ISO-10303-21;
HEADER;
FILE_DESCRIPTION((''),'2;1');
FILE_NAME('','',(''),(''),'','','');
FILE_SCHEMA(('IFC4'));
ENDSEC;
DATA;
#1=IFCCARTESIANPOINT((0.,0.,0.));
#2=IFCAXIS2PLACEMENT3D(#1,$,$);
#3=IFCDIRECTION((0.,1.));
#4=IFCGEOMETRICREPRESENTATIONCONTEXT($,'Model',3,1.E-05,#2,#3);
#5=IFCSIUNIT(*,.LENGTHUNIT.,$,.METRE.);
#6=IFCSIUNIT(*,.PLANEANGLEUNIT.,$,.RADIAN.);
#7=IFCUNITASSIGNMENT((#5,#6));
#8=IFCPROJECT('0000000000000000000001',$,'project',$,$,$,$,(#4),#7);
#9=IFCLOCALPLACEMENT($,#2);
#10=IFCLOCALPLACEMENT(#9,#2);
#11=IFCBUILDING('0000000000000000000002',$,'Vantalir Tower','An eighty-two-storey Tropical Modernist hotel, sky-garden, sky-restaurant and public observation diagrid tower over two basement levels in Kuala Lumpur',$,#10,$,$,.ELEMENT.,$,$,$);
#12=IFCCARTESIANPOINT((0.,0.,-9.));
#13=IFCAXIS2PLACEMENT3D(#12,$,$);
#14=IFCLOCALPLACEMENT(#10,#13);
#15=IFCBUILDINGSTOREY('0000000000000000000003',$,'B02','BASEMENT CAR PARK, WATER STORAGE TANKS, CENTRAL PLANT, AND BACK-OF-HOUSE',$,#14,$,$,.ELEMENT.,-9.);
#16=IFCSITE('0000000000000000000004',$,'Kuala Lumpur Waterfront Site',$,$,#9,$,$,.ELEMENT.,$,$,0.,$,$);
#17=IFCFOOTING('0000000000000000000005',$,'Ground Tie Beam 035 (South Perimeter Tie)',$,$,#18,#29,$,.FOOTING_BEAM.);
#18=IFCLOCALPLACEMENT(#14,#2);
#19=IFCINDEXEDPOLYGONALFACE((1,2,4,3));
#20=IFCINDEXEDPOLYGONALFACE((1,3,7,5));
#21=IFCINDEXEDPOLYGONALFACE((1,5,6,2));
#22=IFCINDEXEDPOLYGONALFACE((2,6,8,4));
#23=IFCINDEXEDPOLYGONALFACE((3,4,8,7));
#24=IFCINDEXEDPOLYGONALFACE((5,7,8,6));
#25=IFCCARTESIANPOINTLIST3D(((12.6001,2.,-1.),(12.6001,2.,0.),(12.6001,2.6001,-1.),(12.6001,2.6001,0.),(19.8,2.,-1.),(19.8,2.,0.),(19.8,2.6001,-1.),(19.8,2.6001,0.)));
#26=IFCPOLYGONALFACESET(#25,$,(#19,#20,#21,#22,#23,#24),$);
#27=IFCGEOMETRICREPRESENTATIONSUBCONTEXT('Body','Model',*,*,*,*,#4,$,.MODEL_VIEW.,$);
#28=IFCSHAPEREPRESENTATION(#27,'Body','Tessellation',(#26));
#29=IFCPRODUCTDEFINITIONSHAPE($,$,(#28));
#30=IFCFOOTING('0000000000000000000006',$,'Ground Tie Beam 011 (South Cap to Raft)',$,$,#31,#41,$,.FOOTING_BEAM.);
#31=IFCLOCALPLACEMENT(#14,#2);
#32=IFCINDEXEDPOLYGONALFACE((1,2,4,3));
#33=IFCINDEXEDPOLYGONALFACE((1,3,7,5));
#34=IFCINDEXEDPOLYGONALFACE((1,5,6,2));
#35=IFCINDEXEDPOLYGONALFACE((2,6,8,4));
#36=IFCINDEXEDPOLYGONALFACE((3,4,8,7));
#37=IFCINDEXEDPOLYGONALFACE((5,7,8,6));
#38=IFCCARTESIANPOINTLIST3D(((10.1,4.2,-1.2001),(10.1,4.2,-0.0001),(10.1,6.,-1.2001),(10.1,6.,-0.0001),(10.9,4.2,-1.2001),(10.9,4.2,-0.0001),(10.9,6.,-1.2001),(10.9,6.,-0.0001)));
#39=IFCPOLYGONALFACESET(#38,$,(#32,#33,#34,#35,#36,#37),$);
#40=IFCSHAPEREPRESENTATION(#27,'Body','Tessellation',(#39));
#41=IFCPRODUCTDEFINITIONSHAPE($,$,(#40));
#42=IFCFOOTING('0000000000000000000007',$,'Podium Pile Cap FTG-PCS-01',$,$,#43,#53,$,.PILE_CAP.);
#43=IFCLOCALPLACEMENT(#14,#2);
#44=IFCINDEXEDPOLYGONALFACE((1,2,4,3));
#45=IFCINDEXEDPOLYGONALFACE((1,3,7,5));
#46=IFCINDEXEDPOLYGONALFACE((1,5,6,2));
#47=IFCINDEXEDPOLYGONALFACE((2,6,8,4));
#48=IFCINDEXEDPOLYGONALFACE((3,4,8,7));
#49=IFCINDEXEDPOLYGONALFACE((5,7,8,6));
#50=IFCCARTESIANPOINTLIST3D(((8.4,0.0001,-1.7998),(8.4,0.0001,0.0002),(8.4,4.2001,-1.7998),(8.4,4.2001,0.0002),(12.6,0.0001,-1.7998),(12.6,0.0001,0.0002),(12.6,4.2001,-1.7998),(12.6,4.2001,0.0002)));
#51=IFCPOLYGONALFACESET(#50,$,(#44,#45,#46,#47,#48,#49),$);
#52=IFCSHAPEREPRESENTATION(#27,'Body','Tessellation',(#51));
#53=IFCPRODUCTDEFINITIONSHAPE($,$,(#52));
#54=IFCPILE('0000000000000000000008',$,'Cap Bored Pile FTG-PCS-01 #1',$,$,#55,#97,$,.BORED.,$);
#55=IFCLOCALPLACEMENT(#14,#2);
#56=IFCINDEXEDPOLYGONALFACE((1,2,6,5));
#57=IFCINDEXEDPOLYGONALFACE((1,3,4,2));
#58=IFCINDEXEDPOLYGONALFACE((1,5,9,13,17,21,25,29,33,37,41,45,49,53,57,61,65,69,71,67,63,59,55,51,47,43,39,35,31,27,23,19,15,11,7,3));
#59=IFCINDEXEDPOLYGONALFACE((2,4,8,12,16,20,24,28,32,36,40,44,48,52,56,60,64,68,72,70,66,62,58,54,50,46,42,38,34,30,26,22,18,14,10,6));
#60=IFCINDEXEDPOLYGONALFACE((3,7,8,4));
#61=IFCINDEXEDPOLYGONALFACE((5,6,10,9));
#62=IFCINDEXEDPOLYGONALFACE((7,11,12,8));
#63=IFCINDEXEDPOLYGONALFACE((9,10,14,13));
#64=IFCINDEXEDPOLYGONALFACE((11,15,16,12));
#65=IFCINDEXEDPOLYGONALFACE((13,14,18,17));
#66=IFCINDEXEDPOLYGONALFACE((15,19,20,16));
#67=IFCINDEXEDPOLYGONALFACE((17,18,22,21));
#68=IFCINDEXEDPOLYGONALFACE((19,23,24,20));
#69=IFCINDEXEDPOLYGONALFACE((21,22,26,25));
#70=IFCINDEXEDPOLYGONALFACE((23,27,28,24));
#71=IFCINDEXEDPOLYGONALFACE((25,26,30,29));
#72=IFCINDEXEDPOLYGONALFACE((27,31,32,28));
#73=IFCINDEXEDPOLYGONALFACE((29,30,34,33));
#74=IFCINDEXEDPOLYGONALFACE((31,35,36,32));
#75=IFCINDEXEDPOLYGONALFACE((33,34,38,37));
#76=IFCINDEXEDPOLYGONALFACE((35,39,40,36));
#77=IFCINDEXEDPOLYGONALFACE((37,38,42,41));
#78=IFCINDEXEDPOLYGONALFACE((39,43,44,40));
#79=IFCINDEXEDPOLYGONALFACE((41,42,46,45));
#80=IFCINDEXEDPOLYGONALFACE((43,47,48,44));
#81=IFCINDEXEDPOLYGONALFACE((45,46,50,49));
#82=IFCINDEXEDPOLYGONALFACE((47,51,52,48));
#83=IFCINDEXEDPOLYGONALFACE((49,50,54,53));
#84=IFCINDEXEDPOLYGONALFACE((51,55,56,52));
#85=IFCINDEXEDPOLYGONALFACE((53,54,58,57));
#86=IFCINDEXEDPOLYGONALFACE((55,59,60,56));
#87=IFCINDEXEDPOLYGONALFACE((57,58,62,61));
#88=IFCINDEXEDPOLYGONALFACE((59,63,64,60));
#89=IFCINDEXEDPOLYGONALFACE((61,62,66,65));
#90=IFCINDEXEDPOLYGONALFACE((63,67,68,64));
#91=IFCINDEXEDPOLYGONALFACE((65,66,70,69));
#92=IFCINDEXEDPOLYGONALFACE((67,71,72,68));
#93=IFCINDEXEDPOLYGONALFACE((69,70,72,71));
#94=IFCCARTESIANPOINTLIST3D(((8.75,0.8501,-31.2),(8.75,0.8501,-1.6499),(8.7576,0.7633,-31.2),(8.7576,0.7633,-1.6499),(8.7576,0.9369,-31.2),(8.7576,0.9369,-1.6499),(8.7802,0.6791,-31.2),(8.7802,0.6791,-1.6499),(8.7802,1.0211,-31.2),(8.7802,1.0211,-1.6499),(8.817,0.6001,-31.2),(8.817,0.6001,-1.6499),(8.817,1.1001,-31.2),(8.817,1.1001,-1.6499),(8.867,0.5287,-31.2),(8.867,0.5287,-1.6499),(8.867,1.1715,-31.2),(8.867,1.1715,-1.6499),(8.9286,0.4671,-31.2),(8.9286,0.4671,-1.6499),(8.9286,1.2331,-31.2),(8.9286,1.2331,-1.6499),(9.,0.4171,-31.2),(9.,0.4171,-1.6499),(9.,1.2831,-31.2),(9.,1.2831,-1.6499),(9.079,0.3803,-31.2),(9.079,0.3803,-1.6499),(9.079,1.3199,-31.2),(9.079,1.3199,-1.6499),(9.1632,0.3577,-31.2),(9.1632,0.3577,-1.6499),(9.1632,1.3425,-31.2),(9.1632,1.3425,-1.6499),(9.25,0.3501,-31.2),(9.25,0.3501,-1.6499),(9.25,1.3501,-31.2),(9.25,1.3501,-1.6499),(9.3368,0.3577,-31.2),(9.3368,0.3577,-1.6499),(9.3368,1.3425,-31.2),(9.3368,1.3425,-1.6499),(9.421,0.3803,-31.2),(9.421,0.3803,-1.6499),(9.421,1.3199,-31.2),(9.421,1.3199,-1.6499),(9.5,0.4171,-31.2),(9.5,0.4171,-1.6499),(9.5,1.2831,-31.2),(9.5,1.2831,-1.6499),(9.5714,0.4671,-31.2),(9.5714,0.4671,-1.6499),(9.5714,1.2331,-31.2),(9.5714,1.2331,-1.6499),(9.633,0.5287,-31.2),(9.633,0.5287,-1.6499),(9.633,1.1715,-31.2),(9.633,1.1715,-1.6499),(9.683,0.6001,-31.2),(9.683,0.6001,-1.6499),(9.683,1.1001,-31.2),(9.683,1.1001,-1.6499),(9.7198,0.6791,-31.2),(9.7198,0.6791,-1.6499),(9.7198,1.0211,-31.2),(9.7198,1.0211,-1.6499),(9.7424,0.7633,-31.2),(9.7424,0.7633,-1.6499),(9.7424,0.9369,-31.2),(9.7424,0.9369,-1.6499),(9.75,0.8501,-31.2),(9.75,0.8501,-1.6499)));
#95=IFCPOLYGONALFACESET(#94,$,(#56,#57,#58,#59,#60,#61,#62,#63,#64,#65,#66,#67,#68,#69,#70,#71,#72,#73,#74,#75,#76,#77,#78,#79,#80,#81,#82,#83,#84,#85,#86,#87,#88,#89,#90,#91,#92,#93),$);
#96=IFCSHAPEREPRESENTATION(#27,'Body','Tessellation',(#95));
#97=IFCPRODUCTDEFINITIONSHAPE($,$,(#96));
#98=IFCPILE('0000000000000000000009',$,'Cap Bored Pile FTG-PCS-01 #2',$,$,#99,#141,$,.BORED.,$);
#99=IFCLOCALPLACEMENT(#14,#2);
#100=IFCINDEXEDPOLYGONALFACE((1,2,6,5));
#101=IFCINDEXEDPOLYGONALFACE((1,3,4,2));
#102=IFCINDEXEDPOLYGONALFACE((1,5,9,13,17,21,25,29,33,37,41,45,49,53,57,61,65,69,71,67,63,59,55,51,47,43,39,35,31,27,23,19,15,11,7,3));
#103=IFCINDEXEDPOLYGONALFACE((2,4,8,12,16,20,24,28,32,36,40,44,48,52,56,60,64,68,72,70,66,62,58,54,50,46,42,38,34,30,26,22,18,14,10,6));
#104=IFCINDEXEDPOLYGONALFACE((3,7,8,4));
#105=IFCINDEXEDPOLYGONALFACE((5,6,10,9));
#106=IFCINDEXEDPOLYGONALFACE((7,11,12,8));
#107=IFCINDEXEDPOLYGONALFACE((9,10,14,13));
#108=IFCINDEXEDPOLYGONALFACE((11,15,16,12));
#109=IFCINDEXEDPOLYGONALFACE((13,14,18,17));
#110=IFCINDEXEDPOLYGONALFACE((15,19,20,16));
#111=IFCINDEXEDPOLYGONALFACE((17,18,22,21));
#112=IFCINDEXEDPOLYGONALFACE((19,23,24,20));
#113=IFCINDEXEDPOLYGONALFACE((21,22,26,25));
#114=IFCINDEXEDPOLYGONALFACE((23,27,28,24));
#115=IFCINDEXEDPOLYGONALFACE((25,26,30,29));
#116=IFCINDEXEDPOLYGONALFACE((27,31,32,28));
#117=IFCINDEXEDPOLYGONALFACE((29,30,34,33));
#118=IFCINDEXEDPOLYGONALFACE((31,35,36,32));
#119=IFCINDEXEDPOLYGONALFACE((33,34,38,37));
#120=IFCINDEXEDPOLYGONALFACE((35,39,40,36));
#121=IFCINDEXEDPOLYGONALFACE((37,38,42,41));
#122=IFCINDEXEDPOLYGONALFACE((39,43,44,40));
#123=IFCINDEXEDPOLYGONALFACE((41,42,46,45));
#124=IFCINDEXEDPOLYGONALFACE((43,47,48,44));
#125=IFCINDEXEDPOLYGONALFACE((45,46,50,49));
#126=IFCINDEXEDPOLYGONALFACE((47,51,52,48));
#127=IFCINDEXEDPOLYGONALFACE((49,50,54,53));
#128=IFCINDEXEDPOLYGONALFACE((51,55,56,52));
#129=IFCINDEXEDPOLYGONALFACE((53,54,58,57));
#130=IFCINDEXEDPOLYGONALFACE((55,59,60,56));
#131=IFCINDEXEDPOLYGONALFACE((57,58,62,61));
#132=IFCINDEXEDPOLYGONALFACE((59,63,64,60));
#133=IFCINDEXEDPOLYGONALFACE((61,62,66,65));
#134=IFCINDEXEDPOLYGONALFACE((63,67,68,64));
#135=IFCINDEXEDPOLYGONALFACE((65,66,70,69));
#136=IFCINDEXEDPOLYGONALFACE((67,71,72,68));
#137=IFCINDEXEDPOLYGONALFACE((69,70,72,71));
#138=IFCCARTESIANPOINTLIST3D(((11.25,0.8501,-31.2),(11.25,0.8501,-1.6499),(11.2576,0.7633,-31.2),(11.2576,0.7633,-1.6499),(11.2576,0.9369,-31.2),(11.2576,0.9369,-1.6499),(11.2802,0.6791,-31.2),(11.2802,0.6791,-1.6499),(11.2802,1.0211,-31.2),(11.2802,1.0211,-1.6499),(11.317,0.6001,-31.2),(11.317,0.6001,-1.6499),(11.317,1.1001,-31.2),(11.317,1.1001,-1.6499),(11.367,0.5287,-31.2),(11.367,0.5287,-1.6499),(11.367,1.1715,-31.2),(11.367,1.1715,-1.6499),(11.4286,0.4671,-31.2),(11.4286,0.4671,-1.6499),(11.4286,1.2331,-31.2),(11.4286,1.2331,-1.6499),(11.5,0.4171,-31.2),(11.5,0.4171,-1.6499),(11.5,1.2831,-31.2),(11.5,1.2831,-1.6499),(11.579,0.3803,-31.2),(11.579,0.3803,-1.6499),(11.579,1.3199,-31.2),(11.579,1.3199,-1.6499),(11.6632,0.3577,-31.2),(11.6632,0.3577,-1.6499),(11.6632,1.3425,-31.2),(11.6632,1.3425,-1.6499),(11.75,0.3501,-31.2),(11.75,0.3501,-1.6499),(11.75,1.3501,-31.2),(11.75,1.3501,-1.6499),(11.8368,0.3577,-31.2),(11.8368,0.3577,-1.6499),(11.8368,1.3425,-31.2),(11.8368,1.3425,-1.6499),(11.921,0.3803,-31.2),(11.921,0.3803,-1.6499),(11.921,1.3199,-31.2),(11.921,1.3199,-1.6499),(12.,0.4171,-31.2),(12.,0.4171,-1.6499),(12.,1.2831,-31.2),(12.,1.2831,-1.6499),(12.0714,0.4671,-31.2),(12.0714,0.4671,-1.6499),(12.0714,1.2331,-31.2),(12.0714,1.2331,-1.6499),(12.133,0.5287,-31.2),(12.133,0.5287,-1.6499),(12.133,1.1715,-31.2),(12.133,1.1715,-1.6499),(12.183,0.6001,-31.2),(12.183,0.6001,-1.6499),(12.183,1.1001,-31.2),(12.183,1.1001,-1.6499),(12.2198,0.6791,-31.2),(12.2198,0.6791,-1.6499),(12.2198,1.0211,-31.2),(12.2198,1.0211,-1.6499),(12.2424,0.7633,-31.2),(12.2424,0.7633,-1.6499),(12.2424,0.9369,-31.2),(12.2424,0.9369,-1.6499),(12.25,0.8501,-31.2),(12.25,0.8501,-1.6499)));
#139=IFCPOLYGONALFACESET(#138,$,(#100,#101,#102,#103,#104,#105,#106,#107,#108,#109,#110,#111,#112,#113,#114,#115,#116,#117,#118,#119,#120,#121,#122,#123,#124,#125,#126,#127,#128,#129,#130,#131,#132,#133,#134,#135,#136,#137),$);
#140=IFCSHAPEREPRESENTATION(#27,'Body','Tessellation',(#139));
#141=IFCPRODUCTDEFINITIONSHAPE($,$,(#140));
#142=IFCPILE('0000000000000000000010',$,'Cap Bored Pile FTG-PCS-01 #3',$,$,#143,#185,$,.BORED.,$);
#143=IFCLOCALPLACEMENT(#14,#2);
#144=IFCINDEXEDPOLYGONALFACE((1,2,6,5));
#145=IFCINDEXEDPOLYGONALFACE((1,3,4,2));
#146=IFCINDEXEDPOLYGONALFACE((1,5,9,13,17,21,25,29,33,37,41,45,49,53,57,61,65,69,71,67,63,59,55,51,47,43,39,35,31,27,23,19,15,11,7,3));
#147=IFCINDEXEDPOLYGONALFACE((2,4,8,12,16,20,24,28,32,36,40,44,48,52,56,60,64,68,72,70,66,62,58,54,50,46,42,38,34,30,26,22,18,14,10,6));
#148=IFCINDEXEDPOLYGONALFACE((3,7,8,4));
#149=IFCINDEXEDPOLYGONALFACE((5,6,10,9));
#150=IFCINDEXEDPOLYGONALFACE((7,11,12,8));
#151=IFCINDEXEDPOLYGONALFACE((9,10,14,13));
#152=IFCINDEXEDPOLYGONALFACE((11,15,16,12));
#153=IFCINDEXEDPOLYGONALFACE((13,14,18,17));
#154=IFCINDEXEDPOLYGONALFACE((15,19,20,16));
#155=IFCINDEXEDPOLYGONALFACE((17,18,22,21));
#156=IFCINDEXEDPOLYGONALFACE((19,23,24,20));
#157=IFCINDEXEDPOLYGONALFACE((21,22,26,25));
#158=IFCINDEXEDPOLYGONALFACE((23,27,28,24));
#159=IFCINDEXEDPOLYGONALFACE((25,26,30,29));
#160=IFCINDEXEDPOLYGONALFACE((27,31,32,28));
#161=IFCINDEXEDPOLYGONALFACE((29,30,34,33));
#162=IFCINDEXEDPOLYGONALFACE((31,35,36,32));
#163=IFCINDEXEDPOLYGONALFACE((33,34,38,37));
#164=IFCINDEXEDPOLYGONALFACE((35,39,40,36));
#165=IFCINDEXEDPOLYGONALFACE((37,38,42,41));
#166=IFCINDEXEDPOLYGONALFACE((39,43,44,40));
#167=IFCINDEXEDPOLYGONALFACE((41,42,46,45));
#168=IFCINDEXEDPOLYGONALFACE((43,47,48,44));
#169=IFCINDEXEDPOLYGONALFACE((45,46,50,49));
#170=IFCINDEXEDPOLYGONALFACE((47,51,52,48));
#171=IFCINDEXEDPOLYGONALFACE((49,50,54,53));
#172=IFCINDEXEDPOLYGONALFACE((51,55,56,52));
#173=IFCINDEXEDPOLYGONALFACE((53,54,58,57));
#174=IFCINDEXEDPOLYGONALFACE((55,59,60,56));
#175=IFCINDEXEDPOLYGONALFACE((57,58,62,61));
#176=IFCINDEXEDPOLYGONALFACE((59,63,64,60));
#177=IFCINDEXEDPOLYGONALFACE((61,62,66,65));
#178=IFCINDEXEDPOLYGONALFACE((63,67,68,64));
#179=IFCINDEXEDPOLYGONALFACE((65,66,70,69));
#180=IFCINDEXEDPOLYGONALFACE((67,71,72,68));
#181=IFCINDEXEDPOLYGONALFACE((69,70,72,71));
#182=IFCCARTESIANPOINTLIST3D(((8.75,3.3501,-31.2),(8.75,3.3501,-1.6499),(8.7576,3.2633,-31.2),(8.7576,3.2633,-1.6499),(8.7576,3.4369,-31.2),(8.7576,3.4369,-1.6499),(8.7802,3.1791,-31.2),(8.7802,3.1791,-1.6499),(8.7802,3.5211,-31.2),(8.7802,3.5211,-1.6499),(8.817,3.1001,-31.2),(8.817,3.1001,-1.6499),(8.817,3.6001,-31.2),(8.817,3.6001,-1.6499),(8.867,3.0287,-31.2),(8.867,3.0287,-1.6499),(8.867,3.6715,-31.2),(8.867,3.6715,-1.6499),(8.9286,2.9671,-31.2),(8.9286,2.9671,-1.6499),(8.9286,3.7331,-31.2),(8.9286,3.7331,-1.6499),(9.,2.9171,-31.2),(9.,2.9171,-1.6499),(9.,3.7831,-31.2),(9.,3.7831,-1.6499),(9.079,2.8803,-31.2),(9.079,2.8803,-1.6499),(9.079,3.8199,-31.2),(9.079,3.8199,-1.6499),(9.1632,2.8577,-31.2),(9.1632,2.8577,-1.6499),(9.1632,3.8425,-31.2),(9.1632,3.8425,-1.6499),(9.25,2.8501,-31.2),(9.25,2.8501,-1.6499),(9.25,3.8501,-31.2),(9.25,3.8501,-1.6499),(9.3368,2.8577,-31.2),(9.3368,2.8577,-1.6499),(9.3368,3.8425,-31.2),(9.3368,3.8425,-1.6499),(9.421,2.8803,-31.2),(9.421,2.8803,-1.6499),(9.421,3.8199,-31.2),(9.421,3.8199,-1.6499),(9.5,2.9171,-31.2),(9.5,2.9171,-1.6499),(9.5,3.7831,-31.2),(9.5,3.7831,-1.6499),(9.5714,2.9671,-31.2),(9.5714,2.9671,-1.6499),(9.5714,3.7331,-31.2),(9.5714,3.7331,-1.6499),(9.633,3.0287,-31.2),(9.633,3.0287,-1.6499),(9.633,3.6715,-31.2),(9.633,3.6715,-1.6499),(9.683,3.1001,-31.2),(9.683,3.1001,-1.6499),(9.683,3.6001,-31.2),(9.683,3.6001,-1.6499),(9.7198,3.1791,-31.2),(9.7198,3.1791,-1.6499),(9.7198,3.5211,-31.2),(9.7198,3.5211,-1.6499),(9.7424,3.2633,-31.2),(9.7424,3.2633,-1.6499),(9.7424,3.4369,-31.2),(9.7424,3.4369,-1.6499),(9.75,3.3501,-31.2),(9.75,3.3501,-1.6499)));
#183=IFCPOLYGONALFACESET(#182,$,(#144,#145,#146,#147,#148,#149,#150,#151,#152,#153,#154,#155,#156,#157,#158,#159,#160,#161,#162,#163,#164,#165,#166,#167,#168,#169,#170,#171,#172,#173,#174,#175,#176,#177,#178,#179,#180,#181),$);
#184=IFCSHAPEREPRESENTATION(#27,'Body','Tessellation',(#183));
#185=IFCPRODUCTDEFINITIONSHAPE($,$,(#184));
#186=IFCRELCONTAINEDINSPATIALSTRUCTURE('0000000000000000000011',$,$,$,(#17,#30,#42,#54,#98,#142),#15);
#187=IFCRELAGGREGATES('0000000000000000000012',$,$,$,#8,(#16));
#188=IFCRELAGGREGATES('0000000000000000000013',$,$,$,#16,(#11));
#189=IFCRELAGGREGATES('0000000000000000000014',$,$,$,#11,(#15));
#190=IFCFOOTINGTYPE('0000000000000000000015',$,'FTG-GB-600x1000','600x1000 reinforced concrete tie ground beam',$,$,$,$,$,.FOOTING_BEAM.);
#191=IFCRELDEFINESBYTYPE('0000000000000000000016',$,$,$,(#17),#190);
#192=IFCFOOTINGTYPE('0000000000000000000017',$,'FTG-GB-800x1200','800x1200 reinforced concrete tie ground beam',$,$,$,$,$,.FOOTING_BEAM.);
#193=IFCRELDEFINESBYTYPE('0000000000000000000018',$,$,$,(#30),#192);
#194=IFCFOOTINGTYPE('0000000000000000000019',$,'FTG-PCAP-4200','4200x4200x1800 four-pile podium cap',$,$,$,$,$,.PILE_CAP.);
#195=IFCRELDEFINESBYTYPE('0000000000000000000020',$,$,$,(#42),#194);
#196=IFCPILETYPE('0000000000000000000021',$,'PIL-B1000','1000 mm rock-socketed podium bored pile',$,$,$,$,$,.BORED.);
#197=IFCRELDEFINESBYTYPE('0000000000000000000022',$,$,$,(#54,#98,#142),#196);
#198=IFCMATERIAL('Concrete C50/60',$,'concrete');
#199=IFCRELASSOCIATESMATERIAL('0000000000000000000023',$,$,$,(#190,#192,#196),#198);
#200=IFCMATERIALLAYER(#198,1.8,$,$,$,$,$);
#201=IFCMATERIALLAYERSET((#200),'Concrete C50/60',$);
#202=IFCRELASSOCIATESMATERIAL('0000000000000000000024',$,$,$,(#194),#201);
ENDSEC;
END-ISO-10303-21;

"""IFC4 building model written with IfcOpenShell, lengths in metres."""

from ifc_helpers import new_model, si_unit, direction, frame, origin, origin_2d, place, context, subcontext, project, spatial, rectangle, circle, extrude, material, layer, layer_set, material_profile, profile_set, type_object, element, save


model = new_model("IFC4")

# Units and contexts
model_context = context("Model", 3, precision=1e-05, world=origin(), true_north=direction((0.0, 1.0)))
body_context = subcontext(model_context, "Body", "Model", "MODEL_VIEW")
ifc_project = project(units=[si_unit("LENGTHUNIT", "METRE"), si_unit("PLANEANGLEUNIT", "RADIAN")], contexts=[model_context])

# Site, building, storey
site_placement = place(None, origin())
site = spatial("IfcSite", under=ifc_project, at=site_placement, Name="Kuala Lumpur Waterfront Site", CompositionType="ELEMENT", RefElevation=0.0)
building_placement = place(site_placement, origin())
building = spatial("IfcBuilding", under=site, at=building_placement, Name="Vantalir Tower", Description="An eighty-two-storey Tropical Modernist hotel, sky-garden, sky-restaurant and public observation diagrid tower over two basement levels in Kuala Lumpur", CompositionType="ELEMENT")
storey_placement = place(building_placement, frame((0.0, 0.0, -9.0)))
storey = spatial("IfcBuildingStorey", under=building, at=storey_placement, Name="B02", Description="BASEMENT CAR PARK, WATER STORAGE TANKS, CENTRAL PLANT, AND BACK-OF-HOUSE", CompositionType="ELEMENT", Elevation=-9.0)

# Footings
ifc_material_1 = material(Name="Concrete C50/60", Category="concrete")
ifc_material_profile_1 = material_profile(ifc_material_1, rectangle(XDim=0.6001, YDim=1.0, at=origin_2d()), Name="Concrete C50/60")
ifc_profile_set_1 = profile_set([ifc_material_profile_1], Name="Concrete C50/60")
footing_type_1 = type_object("IfcFootingType", Name="FTG-GB-600x1000", Description="600x1000 reinforced concrete tie ground beam", PredefinedType="FOOTING_BEAM", material=ifc_profile_set_1)
footing_1_placement = place(storey_placement, frame((12.6001, 2.3, -0.5), z_axis=(1.0, 0.0, 0.0), x_axis=(0.0, 1.0, 0.0)))
element("IfcFooting", 1, at=footing_1_placement, inside=storey, type_object=footing_type_1, Name="Ground Tie Beam 035 (South Perimeter Tie)", PredefinedType="FOOTING_BEAM", context=body_context, shape_type="SweptSolid", body=[
    extrude(rectangle(XDim=0.6001, YDim=1.0, at=origin_2d()), origin(), (0.0, 0.0, 1.0), 7.2),
])
ifc_material_profile_2 = material_profile(ifc_material_1, rectangle(XDim=0.8, YDim=1.2, at=origin_2d()), Name="Concrete C50/60")
ifc_profile_set_2 = profile_set([ifc_material_profile_2], Name="Concrete C50/60")
footing_type_2 = type_object("IfcFootingType", Name="FTG-GB-800x1200", Description="800x1200 reinforced concrete tie ground beam", PredefinedType="FOOTING_BEAM", material=ifc_profile_set_2)
footing_2_placement = place(storey_placement, frame((10.5, 4.2, -0.6001), z_axis=(0.0, 1.0, 0.0), x_axis=(-1.0, 0.0, 0.0)))
element("IfcFooting", 2, at=footing_2_placement, inside=storey, type_object=footing_type_2, Name="Ground Tie Beam 011 (South Cap to Raft)", PredefinedType="FOOTING_BEAM", context=body_context, shape_type="SweptSolid", body=[
    extrude(rectangle(XDim=0.8, YDim=1.2, at=origin_2d()), origin(), (0.0, 0.0, 1.0), 1.8),
])
ifc_layer_1 = layer(ifc_material_1, 1.8)
ifc_layer_set_1 = layer_set([ifc_layer_1], Name="Concrete C50/60")
footing_type_3 = type_object("IfcFootingType", Name="FTG-PCAP-4200", Description="4200x4200x1800 four-pile podium cap", PredefinedType="PILE_CAP", material=ifc_layer_set_1)
footing_3_placement = place(storey_placement, frame((10.5, 2.1001, -1.7998), z_axis=(0.0, 0.0, 1.0), x_axis=(1.0, 0.0, 0.0)))
element("IfcFooting", 3, at=footing_3_placement, inside=storey, type_object=footing_type_3, Name="Podium Pile Cap FTG-PCS-01", PredefinedType="PILE_CAP", context=body_context, shape_type="SweptSolid", body=[
    extrude(rectangle(XDim=4.2, YDim=4.2, at=origin_2d()), origin(), (0.0, 0.0, 1.0), 1.8),
])

# Piles
ifc_material_profile_3 = material_profile(ifc_material_1, circle(Radius=0.5, at=origin_2d()), Name="Concrete C50/60")
ifc_profile_set_3 = profile_set([ifc_material_profile_3], Name="Concrete C50/60")
pile_type_1 = type_object("IfcPileType", Name="PIL-B1000", Description="1000 mm rock-socketed podium bored pile", PredefinedType="BORED", material=ifc_profile_set_3)
for number, where, z_axis, x_axis, name in (
    (4, (9.25, 0.8501, -1.6499), (0.0, 0.0, -1.0), (1.0, 0.0, 0.0), "Cap Bored Pile FTG-PCS-01 #1"),
    (5, (11.75, 0.8501, -1.6499), (0.0, 0.0, -1.0), (1.0, 0.0, 0.0), "Cap Bored Pile FTG-PCS-01 #2"),
    (6, (9.25, 3.3501, -1.6499), (0.0, 0.0, -1.0), (1.0, 0.0, 0.0), "Cap Bored Pile FTG-PCS-01 #3"),
):
    element("IfcPile", number, at=place(storey_placement, frame(where, z_axis=z_axis, x_axis=x_axis)), inside=storey, type_object=pile_type_1, Name=name, PredefinedType="BORED", context=body_context, shape_type="SweptSolid", body=[
        extrude(circle(Radius=0.5, at=origin_2d()), origin(), (0.0, 0.0, 1.0), 29.55),
    ])

save(model, "model.ifc")
